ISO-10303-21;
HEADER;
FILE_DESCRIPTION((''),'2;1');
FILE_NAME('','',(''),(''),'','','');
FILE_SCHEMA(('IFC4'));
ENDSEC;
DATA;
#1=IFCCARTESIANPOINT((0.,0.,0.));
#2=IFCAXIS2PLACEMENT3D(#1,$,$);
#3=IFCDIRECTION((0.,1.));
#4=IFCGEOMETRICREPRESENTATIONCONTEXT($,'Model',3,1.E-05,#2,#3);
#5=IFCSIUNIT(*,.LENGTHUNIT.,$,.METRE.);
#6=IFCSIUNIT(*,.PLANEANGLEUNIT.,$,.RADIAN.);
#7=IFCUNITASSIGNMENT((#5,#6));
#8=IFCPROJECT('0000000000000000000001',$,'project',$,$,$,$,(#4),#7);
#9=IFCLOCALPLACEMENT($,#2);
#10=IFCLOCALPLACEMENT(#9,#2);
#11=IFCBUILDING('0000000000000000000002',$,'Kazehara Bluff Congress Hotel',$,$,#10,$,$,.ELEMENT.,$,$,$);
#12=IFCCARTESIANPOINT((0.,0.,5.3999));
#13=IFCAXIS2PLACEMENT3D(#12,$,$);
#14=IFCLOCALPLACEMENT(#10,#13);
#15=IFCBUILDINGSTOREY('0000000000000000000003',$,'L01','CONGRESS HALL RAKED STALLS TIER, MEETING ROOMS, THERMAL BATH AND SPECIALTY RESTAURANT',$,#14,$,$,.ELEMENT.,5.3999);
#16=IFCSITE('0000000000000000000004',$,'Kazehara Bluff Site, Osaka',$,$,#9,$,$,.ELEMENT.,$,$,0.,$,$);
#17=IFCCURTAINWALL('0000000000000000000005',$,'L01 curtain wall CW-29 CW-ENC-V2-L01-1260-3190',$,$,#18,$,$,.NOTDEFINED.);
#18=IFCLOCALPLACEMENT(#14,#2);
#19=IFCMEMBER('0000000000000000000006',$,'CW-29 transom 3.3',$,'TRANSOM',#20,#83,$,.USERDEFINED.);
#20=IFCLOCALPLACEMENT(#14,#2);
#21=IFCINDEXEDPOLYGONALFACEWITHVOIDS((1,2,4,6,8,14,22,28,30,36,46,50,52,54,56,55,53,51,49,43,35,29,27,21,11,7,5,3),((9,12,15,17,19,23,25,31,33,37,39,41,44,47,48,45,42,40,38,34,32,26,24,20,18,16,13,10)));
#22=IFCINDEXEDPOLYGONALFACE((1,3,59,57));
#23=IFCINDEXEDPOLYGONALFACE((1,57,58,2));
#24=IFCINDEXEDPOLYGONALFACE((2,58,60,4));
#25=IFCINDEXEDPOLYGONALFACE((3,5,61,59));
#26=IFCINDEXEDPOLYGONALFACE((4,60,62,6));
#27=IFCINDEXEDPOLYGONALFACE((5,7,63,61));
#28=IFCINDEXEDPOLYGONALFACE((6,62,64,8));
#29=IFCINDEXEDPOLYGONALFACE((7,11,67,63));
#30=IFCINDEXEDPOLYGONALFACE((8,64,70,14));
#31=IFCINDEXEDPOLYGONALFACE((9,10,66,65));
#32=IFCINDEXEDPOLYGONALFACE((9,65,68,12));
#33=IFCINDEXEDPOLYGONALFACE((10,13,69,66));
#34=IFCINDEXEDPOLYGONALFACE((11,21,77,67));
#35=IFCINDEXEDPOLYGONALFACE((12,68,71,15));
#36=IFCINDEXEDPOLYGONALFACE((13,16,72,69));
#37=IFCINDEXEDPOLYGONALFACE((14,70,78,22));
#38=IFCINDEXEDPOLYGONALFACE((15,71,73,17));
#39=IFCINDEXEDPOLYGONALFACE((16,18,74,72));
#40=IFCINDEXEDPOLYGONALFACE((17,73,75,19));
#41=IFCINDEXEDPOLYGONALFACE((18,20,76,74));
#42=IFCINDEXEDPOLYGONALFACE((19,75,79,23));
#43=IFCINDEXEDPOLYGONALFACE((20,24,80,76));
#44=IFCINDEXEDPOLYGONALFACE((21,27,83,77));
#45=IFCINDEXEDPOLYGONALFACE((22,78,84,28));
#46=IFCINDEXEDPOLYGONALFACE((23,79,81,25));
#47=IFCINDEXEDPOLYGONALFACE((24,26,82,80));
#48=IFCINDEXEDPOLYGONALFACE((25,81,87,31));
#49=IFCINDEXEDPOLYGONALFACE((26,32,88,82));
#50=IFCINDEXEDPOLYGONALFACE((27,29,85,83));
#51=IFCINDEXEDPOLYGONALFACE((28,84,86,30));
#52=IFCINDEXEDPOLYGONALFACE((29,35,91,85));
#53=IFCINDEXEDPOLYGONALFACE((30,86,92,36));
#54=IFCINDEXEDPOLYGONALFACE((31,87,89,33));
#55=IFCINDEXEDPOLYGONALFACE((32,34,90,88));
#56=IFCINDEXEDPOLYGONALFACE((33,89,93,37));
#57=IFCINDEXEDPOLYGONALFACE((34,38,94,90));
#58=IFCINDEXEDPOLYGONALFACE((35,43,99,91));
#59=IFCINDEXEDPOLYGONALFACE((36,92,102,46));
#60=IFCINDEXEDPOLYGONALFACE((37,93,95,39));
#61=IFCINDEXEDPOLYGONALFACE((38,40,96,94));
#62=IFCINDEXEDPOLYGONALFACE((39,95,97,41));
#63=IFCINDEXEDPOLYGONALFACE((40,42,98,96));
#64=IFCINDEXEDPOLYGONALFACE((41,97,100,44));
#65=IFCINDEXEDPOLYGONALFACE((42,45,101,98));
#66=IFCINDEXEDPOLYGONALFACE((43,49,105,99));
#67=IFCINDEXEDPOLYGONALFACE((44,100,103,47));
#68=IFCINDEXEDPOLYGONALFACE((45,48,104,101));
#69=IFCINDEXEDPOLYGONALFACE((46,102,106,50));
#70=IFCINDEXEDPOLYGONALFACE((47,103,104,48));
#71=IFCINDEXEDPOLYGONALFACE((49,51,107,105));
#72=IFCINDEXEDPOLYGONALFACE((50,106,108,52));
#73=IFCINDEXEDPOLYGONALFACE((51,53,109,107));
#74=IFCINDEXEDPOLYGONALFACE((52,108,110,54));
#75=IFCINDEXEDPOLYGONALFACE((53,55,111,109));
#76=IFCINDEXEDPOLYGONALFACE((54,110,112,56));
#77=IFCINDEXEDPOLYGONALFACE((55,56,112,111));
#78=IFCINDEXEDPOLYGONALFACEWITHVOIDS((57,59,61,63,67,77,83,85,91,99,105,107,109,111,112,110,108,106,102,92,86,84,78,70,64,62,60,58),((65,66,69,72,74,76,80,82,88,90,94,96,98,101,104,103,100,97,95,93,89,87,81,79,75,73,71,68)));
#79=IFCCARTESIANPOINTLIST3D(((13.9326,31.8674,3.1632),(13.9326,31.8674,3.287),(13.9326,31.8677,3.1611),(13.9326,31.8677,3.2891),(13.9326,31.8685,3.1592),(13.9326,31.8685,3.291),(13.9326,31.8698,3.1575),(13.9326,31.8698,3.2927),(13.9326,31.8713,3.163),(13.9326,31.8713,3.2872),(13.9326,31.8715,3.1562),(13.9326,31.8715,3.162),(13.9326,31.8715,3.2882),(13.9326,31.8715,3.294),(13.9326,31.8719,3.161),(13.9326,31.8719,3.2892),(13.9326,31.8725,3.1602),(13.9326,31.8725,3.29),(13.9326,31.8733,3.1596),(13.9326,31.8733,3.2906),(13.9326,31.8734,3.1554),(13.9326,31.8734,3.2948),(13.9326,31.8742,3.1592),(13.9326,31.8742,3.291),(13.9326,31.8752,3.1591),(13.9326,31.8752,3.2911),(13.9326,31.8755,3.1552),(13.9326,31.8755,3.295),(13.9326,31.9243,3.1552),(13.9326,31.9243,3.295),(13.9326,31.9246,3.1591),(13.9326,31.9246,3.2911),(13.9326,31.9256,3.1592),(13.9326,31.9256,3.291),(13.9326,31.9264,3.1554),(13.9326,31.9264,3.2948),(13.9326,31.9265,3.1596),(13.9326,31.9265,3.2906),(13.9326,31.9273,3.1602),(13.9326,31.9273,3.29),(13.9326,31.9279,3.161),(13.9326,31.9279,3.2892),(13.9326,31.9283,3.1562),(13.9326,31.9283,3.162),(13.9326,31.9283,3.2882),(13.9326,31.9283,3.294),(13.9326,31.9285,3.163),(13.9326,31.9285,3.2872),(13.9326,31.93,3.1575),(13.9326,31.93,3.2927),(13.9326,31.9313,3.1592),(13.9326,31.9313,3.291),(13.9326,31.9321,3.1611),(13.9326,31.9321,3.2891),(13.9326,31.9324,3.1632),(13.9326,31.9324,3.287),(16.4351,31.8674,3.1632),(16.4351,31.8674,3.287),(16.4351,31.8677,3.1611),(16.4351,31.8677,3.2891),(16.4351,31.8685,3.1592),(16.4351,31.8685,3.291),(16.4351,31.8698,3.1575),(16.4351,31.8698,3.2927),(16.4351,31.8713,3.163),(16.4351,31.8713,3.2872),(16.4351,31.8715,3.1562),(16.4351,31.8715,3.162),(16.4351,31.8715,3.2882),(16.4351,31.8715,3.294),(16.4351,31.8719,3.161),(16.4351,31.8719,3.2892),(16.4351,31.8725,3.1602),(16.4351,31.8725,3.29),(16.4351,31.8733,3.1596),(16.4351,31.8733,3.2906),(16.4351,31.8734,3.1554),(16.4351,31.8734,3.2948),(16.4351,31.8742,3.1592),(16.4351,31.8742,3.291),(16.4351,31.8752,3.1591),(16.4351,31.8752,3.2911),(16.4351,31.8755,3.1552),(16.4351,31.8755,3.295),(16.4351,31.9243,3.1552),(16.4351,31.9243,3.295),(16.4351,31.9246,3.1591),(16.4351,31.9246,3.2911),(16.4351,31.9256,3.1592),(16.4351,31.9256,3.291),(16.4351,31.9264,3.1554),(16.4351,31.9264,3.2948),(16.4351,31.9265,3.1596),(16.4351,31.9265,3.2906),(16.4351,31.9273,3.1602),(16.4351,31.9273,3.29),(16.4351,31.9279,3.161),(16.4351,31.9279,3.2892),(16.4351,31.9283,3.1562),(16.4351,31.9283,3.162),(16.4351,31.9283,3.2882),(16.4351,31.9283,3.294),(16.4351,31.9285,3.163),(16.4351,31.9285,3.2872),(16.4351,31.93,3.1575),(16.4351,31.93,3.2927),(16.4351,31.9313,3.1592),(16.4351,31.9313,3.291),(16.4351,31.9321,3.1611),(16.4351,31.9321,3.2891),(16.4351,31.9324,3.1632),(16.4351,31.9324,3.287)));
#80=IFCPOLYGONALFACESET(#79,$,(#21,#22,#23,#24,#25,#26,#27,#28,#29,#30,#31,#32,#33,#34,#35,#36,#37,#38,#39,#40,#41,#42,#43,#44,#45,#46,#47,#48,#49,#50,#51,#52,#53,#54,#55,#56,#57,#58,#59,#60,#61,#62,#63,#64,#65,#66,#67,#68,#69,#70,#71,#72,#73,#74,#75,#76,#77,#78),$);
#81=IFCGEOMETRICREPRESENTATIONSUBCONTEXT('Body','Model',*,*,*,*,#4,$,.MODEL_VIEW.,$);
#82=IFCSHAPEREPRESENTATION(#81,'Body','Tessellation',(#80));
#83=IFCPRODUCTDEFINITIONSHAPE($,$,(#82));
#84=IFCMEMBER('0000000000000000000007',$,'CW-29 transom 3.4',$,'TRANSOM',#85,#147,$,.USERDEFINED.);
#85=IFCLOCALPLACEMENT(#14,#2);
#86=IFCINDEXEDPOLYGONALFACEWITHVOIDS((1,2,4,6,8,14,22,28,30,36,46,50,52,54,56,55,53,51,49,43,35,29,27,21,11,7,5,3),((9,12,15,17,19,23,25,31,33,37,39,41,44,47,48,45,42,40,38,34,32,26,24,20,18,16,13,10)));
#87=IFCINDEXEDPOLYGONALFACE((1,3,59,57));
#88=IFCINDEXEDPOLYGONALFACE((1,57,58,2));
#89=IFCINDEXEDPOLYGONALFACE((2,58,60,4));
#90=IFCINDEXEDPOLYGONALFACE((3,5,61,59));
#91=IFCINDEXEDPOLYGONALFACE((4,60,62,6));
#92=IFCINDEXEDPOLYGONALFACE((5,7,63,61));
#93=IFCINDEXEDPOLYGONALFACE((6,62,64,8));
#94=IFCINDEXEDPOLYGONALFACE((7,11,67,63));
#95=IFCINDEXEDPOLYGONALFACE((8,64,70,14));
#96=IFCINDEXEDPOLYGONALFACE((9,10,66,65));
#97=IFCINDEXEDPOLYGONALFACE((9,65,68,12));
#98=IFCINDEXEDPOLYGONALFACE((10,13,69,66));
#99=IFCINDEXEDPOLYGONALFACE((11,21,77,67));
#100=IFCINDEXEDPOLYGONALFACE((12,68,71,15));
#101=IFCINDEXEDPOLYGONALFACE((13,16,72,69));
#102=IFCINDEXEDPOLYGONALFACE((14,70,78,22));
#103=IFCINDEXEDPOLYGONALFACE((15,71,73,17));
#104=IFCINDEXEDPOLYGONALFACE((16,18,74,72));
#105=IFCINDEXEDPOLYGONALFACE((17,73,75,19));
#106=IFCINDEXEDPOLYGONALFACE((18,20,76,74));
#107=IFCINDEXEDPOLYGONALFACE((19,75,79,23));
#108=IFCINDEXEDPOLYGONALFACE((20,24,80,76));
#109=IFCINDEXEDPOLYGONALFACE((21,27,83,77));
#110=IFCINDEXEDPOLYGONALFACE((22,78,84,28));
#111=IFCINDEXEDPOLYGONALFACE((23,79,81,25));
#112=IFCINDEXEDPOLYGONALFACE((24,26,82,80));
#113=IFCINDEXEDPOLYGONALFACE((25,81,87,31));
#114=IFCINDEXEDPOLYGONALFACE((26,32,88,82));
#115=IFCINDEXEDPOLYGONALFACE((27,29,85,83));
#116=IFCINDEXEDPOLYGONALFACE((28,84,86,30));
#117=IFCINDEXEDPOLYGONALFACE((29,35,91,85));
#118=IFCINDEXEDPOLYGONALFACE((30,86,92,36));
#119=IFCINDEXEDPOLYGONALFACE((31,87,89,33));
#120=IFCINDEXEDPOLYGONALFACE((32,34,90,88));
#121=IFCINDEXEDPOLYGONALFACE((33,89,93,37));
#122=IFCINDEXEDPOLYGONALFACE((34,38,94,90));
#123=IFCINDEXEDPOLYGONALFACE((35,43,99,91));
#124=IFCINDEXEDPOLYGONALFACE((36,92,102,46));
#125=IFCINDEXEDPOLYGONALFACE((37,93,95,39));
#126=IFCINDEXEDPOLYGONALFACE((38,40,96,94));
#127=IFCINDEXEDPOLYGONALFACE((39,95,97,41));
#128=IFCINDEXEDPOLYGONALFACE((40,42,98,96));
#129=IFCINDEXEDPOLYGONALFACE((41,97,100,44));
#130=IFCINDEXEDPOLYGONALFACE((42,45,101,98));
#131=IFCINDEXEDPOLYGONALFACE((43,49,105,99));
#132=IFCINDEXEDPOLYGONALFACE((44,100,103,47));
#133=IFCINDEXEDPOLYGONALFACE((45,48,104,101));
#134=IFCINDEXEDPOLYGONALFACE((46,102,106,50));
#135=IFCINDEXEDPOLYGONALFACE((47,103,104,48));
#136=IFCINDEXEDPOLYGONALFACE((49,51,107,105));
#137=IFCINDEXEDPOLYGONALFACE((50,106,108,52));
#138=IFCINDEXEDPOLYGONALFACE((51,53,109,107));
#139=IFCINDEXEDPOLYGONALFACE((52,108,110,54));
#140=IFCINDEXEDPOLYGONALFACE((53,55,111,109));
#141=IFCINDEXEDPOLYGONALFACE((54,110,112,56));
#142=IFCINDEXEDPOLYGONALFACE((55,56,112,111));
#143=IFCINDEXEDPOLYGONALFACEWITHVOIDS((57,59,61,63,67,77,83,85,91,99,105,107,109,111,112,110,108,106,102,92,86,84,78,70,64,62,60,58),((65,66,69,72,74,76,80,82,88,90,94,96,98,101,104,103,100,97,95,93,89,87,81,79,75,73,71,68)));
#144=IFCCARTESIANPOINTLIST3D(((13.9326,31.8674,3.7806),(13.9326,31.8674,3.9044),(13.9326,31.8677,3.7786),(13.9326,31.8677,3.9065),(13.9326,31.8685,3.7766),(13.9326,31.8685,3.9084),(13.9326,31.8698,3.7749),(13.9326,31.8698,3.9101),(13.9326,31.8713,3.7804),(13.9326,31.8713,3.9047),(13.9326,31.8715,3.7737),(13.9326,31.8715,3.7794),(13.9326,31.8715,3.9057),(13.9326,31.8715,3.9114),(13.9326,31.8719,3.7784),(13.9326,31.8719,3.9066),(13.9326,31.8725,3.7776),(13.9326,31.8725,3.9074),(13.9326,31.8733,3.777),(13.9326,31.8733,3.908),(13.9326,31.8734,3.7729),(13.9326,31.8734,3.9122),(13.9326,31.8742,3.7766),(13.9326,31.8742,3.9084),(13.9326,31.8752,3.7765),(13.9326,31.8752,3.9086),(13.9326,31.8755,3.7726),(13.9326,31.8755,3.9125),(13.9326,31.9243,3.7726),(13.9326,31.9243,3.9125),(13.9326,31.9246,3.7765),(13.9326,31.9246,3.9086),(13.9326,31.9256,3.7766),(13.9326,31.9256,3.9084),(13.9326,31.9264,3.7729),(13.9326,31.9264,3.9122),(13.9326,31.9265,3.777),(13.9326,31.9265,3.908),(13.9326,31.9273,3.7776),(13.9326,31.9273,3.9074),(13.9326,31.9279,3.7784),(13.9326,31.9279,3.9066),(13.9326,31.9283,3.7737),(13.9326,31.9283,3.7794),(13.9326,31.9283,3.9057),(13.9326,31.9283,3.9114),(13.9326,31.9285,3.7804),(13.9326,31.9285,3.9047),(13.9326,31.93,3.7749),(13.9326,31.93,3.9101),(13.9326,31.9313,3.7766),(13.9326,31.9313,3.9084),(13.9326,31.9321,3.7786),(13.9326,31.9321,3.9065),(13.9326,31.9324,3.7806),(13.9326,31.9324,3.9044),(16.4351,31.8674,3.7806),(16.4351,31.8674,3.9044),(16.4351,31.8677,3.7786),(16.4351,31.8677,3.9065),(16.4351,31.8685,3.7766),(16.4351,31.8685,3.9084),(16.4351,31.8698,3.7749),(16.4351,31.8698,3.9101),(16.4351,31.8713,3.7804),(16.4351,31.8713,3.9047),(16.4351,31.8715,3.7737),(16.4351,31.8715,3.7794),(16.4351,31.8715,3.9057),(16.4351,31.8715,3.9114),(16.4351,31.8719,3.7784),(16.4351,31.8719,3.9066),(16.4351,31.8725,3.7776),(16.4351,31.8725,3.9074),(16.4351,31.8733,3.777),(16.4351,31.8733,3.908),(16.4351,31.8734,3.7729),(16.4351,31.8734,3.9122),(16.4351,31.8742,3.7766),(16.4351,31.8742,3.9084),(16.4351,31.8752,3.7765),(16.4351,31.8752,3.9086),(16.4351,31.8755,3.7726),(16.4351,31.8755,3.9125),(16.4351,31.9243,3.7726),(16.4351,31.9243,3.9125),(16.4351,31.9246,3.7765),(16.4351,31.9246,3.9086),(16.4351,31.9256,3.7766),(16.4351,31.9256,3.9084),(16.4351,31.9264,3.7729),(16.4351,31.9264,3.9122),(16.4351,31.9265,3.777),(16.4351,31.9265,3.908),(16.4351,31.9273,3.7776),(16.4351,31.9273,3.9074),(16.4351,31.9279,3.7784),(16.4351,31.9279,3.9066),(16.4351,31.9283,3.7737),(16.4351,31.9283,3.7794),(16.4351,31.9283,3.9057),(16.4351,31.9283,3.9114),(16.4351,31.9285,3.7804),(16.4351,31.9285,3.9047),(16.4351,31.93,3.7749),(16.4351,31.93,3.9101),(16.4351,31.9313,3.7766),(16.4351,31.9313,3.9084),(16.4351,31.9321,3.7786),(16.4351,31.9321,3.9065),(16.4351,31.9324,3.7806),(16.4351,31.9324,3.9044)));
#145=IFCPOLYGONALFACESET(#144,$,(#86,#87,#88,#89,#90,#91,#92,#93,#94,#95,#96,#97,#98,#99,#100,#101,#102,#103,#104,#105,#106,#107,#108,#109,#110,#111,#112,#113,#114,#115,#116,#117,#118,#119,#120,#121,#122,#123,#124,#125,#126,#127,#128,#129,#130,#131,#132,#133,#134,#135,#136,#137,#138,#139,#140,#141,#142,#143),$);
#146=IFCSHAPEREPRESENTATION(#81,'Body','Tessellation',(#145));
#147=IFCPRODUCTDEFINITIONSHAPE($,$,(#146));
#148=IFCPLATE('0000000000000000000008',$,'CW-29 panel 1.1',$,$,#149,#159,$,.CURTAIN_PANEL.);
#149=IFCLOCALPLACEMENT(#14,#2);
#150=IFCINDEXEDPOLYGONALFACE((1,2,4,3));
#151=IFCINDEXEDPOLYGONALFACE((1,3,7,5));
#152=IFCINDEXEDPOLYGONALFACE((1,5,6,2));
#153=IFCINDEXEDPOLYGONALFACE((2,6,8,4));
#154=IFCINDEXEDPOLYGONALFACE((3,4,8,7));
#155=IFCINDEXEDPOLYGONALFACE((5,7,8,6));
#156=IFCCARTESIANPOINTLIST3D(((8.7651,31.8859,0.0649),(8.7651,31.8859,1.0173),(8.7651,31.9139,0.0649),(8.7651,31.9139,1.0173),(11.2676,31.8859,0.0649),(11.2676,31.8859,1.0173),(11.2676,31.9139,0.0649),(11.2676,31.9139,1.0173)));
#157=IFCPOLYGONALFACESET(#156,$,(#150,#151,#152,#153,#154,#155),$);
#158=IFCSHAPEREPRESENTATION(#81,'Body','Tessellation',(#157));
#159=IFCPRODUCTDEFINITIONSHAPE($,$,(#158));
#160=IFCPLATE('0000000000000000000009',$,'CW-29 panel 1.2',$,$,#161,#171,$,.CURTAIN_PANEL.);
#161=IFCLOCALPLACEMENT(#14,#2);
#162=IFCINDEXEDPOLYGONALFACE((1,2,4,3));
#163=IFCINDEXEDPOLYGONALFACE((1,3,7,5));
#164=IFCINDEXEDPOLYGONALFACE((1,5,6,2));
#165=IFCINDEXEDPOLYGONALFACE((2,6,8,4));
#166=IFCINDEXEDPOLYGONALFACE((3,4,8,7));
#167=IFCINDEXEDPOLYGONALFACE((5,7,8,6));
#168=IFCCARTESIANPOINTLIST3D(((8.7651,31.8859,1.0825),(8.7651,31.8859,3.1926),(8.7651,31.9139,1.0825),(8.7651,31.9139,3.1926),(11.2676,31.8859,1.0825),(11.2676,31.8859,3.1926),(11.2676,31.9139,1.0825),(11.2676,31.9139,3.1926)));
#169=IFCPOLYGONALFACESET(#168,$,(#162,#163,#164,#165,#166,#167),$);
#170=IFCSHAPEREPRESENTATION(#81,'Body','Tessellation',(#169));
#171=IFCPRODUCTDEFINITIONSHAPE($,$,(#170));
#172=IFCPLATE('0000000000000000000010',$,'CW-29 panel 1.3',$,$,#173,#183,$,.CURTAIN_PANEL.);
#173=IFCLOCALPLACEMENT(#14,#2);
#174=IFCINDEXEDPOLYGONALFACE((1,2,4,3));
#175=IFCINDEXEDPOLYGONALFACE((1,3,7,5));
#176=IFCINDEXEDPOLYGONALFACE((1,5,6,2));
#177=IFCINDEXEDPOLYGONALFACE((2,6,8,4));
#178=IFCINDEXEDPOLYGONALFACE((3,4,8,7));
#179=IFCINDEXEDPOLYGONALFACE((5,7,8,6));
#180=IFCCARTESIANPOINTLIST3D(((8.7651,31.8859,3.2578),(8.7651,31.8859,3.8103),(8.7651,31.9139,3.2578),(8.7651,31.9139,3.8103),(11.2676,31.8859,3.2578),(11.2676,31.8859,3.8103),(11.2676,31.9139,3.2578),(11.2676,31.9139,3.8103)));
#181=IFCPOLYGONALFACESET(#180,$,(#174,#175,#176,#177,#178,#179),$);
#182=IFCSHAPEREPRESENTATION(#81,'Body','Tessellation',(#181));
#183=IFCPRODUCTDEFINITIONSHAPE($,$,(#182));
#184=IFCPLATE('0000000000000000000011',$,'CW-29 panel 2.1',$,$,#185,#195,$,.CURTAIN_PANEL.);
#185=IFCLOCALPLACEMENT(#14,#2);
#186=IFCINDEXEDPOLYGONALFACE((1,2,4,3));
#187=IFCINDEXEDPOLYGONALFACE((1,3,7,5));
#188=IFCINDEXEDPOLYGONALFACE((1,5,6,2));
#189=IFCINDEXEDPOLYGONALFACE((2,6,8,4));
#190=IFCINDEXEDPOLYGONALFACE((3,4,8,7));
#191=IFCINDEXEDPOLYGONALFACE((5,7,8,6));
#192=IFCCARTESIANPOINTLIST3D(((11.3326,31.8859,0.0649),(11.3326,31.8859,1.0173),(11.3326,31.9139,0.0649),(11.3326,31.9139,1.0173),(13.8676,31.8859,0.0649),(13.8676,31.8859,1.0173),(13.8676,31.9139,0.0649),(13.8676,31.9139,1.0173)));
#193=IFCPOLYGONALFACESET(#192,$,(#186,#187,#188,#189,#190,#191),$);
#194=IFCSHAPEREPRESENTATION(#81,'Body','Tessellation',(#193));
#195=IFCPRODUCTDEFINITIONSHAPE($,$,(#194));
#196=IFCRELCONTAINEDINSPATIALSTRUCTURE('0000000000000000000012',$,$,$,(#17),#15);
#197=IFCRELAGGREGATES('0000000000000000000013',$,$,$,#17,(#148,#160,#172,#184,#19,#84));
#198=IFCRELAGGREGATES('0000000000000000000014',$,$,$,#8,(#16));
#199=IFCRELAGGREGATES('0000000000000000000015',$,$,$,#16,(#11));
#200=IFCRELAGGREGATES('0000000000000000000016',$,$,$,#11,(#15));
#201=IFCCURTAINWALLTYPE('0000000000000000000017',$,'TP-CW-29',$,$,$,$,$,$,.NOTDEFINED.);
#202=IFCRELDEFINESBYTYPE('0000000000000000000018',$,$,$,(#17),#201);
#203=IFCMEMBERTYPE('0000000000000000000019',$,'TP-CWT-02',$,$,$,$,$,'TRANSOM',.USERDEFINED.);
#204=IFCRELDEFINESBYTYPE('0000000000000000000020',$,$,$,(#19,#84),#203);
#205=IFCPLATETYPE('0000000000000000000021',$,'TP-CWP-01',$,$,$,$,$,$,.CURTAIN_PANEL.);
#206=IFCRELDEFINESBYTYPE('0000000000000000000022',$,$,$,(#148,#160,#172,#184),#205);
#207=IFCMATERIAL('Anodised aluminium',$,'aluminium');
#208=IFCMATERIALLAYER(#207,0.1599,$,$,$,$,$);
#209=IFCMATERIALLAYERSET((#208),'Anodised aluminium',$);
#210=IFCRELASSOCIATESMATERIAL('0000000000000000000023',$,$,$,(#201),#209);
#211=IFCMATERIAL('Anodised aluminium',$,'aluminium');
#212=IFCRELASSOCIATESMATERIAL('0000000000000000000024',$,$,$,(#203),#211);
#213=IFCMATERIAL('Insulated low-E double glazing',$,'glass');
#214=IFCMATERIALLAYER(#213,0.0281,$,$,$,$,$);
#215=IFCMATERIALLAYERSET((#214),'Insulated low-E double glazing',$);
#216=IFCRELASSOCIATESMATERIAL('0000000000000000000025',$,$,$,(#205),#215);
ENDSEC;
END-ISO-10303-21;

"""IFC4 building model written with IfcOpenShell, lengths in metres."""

from ifc_helpers import new_model, si_unit, direction, frame, origin, origin_2d, place, context, subcontext, project, spatial, rectangle, hollow_rectangle, extrude, material, layer, layer_set, material_profile, profile_set, type_object, element, aggregate, save


model = new_model("IFC4")

# Units and contexts
model_context = context("Model", 3, precision=1e-05, world=origin(), true_north=direction((0.0, 1.0)))
body_context = subcontext(model_context, "Body", "Model", "MODEL_VIEW")
ifc_project = project(units=[si_unit("LENGTHUNIT", "METRE"), si_unit("PLANEANGLEUNIT", "RADIAN")], contexts=[model_context])

# Site, building, storey
site_placement = place(None, origin())
site = spatial("IfcSite", under=ifc_project, at=site_placement, Name="Kazehara Bluff Site, Osaka", CompositionType="ELEMENT", RefElevation=0.0)
building_placement = place(site_placement, origin())
building = spatial("IfcBuilding", under=site, at=building_placement, Name="Kazehara Bluff Congress Hotel", CompositionType="ELEMENT")
storey_placement = place(building_placement, frame((0.0, 0.0, 5.3999)))
storey = spatial("IfcBuildingStorey", under=building, at=storey_placement, Name="L01", Description="CONGRESS HALL RAKED STALLS TIER, MEETING ROOMS, THERMAL BATH AND SPECIALTY RESTAURANT", CompositionType="ELEMENT", Elevation=5.3999)

# Curtain wall
ifc_material_1 = material(Name="Anodised aluminium", Category="aluminium")
ifc_layer_1 = layer(ifc_material_1, 0.1599)
ifc_layer_set_1 = layer_set([ifc_layer_1], Name="Anodised aluminium")
curtain_wall_type_1 = type_object("IfcCurtainWallType", Name="TP-CW-29", PredefinedType="NOTDEFINED", material=ifc_layer_set_1)
curtain_wall_1_placement = place(storey_placement, origin())
curtain_wall_1 = element("IfcCurtainWall", 1, at=curtain_wall_1_placement, inside=storey, type_object=curtain_wall_type_1, Name="L01 curtain wall CW-29 CW-ENC-V2-L01-1260-3190", PredefinedType="NOTDEFINED")

# Members
ifc_material_2 = material(Name="Anodised aluminium", Category="aluminium")
ifc_material_profile_1 = material_profile(ifc_material_2, hollow_rectangle(XDim=0.0649, YDim=0.1399, WallThickness=0.0039, InnerFilletRadius=0.0039, OuterFilletRadius=0.0081, at=origin_2d()))
ifc_profile_set_1 = profile_set([ifc_material_profile_1], Name="Anodised aluminium")
member_type_1 = type_object("IfcMemberType", Name="TP-CWT-02", ElementType="TRANSOM", PredefinedType="USERDEFINED", material=ifc_profile_set_1)
member_1_placement = place(storey_placement, frame((13.9326, 31.8999, 3.2251), z_axis=(1.0, 0.0, 0.0), x_axis=(0.0, 1.0, 0.0)))
member_1 = element("IfcMember", 2, at=member_1_placement, type_object=member_type_1, Name="CW-29 transom 3.3", ObjectType="TRANSOM", PredefinedType="USERDEFINED", context=body_context, shape_type="SweptSolid", body=[
    extrude(hollow_rectangle(XDim=0.0649, YDim=0.1399, WallThickness=0.0039, InnerFilletRadius=0.0039, OuterFilletRadius=0.0081, at=origin_2d()), origin(), (0.0, 0.0, 1.0), 2.5024),
])
member_2_placement = place(storey_placement, frame((13.9326, 31.8999, 3.8425), z_axis=(1.0, 0.0, 0.0), x_axis=(0.0, 1.0, 0.0)))
member_2 = element("IfcMember", 3, at=member_2_placement, type_object=member_type_1, Name="CW-29 transom 3.4", ObjectType="TRANSOM", PredefinedType="USERDEFINED", context=body_context, shape_type="SweptSolid", body=[
    extrude(hollow_rectangle(XDim=0.0649, YDim=0.1399, WallThickness=0.0039, InnerFilletRadius=0.0039, OuterFilletRadius=0.0081, at=origin_2d()), origin(), (0.0, 0.0, 1.0), 2.5024),
])

# Plates
ifc_material_3 = material(Name="Insulated low-E double glazing", Category="glass")
ifc_layer_2 = layer(ifc_material_3, 0.0281)
ifc_layer_set_2 = layer_set([ifc_layer_2], Name="Insulated low-E double glazing")
plate_type_1 = type_object("IfcPlateType", Name="TP-CWP-01", PredefinedType="CURTAIN_PANEL", material=ifc_layer_set_2)
plate_1_placement = place(storey_placement, frame((10.0164, 31.8999, 0.0649), z_axis=(0.0, 0.0, 1.0), x_axis=(1.0, 0.0, 0.0)))
plate_1 = element("IfcPlate", 4, at=plate_1_placement, type_object=plate_type_1, Name="CW-29 panel 1.1", PredefinedType="CURTAIN_PANEL", context=body_context, shape_type="SweptSolid", body=[
    extrude(rectangle(XDim=2.5024, YDim=0.0281, at=origin_2d()), origin(), (0.0, 0.0, 1.0), 0.9524),
])
plate_2_placement = place(storey_placement, frame((10.0164, 31.8999, 1.0825), z_axis=(0.0, 0.0, 1.0), x_axis=(1.0, 0.0, 0.0)))
plate_2 = element("IfcPlate", 5, at=plate_2_placement, type_object=plate_type_1, Name="CW-29 panel 1.2", PredefinedType="CURTAIN_PANEL", context=body_context, shape_type="SweptSolid", body=[
    extrude(rectangle(XDim=2.5024, YDim=0.0281, at=origin_2d()), origin(), (0.0, 0.0, 1.0), 2.1101),
])
plate_3_placement = place(storey_placement, frame((10.0164, 31.8999, 3.2578), z_axis=(0.0, 0.0, 1.0), x_axis=(1.0, 0.0, 0.0)))
plate_3 = element("IfcPlate", 6, at=plate_3_placement, type_object=plate_type_1, Name="CW-29 panel 1.3", PredefinedType="CURTAIN_PANEL", context=body_context, shape_type="SweptSolid", body=[
    extrude(rectangle(XDim=2.5024, YDim=0.0281, at=origin_2d()), origin(), (0.0, 0.0, 1.0), 0.5525),
])
plate_4_placement = place(storey_placement, frame((12.6001, 31.8999, 0.0649), z_axis=(0.0, 0.0, 1.0), x_axis=(1.0, 0.0, 0.0)))
plate_4 = element("IfcPlate", 7, at=plate_4_placement, type_object=plate_type_1, Name="CW-29 panel 2.1", PredefinedType="CURTAIN_PANEL", context=body_context, shape_type="SweptSolid", body=[
    extrude(rectangle(XDim=2.5349, YDim=0.0281, at=origin_2d()), origin(), (0.0, 0.0, 1.0), 0.9524),
])
aggregate(curtain_wall_1, [plate_1, plate_2, plate_3, plate_4, member_1, member_2])

save(model, "model.ifc")
